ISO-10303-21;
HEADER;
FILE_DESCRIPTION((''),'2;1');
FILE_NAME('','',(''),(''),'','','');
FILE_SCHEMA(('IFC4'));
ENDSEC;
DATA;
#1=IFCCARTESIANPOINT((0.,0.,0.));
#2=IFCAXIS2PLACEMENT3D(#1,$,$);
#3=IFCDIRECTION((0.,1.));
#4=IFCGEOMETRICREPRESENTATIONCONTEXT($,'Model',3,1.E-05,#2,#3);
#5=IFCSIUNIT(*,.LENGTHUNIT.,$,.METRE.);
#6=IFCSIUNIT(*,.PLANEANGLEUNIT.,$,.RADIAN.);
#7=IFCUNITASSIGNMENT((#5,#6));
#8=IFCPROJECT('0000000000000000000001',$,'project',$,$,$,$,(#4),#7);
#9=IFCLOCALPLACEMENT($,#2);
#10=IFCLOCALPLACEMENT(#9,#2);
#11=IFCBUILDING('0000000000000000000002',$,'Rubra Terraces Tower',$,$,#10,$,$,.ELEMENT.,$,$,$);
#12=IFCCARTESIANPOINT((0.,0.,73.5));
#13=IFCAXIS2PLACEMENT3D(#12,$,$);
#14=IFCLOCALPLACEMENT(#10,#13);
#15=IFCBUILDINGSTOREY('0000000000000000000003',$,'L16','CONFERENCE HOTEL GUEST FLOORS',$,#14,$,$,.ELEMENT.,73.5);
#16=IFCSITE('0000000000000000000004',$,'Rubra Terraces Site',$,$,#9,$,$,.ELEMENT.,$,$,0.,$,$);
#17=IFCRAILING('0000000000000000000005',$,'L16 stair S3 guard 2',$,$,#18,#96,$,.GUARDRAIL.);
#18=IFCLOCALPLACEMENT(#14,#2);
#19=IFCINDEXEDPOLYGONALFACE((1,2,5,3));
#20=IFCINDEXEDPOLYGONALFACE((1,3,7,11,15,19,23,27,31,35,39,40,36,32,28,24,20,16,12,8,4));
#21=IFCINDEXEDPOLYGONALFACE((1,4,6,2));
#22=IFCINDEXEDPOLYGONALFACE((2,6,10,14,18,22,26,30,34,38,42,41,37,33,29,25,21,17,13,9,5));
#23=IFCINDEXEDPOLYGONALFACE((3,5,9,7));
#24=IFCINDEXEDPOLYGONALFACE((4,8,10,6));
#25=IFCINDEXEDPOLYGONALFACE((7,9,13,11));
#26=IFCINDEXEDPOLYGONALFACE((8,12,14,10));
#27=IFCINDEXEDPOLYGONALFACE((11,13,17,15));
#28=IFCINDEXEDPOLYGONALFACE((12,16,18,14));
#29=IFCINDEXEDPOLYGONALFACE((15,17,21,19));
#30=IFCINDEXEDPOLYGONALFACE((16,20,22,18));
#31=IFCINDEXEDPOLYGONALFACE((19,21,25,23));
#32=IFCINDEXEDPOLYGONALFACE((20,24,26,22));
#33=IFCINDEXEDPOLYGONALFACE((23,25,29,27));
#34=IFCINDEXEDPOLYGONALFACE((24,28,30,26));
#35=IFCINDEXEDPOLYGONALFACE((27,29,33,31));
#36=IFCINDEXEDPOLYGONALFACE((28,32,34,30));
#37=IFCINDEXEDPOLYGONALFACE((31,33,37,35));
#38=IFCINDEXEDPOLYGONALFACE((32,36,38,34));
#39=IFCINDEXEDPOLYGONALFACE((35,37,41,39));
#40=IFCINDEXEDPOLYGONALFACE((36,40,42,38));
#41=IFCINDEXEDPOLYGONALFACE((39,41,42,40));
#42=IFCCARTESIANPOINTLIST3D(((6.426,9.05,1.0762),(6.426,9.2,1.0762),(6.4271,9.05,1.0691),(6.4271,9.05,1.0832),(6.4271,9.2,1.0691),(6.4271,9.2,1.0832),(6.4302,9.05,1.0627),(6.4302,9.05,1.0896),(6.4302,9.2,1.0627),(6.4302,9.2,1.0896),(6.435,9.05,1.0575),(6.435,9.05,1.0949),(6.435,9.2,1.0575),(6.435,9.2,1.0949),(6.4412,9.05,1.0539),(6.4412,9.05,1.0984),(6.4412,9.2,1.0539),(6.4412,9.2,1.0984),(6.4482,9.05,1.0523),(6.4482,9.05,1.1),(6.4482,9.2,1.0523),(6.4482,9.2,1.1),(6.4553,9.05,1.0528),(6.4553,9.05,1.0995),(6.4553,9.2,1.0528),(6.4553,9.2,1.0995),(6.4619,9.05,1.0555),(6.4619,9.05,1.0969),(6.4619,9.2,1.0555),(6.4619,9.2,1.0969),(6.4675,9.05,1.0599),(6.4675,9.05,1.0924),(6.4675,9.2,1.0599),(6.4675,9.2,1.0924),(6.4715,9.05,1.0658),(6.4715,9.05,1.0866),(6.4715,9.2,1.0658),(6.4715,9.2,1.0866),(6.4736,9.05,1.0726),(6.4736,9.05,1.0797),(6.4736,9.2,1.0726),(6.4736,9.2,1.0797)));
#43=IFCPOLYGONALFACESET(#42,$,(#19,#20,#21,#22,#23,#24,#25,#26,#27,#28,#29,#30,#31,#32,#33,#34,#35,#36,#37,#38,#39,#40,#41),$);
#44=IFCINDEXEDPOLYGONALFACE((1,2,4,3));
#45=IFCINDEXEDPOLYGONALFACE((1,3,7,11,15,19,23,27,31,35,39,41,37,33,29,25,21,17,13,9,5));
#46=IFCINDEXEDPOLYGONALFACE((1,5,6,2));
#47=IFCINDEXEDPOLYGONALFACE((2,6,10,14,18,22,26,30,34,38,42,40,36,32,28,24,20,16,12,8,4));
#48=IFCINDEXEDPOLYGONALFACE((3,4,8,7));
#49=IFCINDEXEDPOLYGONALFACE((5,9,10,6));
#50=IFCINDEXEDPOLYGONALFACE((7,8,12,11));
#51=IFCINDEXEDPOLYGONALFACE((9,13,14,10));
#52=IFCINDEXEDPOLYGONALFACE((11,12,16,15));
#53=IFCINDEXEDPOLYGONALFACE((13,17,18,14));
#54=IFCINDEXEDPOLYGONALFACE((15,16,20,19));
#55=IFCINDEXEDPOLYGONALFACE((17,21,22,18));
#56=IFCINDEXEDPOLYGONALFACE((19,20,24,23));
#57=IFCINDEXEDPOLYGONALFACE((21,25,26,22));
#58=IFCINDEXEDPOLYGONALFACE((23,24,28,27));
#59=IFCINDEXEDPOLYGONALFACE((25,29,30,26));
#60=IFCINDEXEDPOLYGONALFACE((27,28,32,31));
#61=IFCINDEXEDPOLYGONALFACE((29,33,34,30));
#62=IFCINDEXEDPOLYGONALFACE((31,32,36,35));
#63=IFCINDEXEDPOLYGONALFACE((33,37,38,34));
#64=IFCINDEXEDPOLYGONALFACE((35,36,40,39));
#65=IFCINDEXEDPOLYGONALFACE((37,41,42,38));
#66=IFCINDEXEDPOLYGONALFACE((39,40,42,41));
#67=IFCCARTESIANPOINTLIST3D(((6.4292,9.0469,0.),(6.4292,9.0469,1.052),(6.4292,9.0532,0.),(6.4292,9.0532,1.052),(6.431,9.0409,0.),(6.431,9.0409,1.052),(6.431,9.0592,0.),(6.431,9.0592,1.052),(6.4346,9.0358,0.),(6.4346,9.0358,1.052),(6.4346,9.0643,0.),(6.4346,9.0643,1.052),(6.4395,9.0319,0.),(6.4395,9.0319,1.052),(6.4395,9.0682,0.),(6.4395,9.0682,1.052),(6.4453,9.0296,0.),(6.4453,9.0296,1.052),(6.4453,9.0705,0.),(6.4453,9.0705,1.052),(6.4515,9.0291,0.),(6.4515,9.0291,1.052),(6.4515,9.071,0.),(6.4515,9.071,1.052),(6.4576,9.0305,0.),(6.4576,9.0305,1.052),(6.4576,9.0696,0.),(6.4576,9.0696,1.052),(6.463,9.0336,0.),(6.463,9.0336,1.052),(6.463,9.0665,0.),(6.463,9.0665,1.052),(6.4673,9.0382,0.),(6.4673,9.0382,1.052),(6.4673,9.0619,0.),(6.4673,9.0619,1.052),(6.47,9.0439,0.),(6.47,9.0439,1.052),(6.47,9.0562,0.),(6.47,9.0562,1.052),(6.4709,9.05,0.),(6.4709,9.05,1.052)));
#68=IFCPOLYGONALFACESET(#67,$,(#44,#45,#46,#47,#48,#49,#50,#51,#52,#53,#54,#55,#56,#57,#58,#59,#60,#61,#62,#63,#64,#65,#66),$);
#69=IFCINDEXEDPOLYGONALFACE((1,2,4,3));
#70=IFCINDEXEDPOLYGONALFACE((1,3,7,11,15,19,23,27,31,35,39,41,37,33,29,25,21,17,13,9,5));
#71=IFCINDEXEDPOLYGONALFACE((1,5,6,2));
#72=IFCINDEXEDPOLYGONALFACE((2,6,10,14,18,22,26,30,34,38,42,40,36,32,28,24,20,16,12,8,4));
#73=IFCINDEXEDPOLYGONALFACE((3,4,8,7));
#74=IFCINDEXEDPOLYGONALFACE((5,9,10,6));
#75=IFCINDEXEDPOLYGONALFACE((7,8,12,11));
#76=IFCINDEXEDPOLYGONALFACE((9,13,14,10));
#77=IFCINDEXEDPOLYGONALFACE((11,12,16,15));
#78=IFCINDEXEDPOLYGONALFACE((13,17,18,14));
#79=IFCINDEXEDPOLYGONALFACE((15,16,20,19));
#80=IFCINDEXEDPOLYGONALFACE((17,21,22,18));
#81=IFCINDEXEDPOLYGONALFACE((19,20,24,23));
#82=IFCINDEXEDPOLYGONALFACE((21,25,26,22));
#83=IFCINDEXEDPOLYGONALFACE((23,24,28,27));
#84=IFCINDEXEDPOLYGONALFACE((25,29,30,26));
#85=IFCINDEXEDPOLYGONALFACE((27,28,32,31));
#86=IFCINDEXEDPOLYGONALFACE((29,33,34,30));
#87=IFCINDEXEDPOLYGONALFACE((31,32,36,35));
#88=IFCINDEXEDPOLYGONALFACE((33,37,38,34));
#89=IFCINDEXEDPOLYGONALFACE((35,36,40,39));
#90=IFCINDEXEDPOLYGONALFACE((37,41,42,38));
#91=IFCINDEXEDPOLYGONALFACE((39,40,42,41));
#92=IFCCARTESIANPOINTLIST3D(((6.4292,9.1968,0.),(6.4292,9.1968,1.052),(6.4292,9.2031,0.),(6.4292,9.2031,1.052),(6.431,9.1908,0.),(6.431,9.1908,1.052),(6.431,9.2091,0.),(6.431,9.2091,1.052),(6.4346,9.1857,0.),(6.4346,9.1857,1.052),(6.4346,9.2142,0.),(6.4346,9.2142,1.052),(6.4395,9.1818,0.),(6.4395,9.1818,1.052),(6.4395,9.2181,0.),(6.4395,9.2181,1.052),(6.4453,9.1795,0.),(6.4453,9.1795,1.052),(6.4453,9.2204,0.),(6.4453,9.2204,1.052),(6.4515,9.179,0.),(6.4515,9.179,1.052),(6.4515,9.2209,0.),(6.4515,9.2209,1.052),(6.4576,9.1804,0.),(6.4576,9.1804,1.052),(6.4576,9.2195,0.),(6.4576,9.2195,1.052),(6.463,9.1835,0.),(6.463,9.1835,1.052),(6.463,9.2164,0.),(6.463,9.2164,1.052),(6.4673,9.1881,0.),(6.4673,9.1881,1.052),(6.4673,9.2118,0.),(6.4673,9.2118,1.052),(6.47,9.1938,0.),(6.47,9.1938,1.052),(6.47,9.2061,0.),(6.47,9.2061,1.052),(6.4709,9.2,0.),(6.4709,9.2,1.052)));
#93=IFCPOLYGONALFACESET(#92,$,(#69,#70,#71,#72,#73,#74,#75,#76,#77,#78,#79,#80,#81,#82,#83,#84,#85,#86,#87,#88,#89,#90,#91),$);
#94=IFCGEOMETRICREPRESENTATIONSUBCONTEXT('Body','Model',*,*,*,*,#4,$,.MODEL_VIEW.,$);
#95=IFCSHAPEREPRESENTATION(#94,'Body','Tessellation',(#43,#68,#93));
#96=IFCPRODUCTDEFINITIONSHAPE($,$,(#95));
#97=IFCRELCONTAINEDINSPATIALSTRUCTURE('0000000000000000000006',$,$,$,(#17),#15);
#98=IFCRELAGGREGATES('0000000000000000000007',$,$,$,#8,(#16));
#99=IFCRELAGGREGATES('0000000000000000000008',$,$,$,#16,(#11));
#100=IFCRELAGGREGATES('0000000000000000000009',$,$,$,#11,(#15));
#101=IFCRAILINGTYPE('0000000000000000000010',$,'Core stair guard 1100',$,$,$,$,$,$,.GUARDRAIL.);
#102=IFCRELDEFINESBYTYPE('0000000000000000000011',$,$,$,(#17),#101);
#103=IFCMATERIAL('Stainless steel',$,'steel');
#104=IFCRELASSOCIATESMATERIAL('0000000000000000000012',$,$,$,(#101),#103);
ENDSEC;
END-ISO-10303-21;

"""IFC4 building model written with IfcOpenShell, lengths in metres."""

from ifc_helpers import new_model, si_unit, direction, frame, origin, origin_2d, place, context, subcontext, project, spatial, circle, extrude, material, type_object, element, save


model = new_model("IFC4")

# Units and contexts
model_context = context("Model", 3, precision=1e-05, world=origin(), true_north=direction((0.0, 1.0)))
body_context = subcontext(model_context, "Body", "Model", "MODEL_VIEW")
ifc_project = project(units=[si_unit("LENGTHUNIT", "METRE"), si_unit("PLANEANGLEUNIT", "RADIAN")], contexts=[model_context])

# Site, building, storey
site_placement = place(None, origin())
site = spatial("IfcSite", under=ifc_project, at=site_placement, Name="Rubra Terraces Site", CompositionType="ELEMENT", RefElevation=0.0)
building_placement = place(site_placement, origin())
building = spatial("IfcBuilding", under=site, at=building_placement, Name="Rubra Terraces Tower", CompositionType="ELEMENT")
storey_placement = place(building_placement, frame((0.0, 0.0, 73.5)))
storey = spatial("IfcBuildingStorey", under=building, at=storey_placement, Name="L16", Description="CONFERENCE HOTEL GUEST FLOORS", CompositionType="ELEMENT", Elevation=73.5)

# Railing
ifc_material_1 = material(Name="Stainless steel", Category="steel")
railing_type_1 = type_object("IfcRailingType", Name="Core stair guard 1100", PredefinedType="GUARDRAIL", material=ifc_material_1)
railing_1_placement = place(storey_placement, frame((6.45, 9.05, 0.0)))
element("IfcRailing", 1, at=railing_1_placement, inside=storey, type_object=railing_type_1, Name="L16 stair S3 guard 2", PredefinedType="GUARDRAIL", context=body_context, shape_type="SweptSolid", body=[
    extrude(circle(Radius=0.0239, at=origin_2d()), frame((0.0, 0.0, 1.0762), z_axis=(0.0, 1.0, 0.0), x_axis=(-1.0, 0.0, 0.0)), (0.0, 0.0, 1.0), 0.1499),
    extrude(circle(Radius=0.021, at=origin_2d()), origin(), (0.0, 0.0, 1.0), 1.052),
    extrude(circle(Radius=0.021, at=origin_2d()), frame((0.0, 0.1499, 0.0)), (0.0, 0.0, 1.0), 1.052),
])

save(model, "model.ifc")
